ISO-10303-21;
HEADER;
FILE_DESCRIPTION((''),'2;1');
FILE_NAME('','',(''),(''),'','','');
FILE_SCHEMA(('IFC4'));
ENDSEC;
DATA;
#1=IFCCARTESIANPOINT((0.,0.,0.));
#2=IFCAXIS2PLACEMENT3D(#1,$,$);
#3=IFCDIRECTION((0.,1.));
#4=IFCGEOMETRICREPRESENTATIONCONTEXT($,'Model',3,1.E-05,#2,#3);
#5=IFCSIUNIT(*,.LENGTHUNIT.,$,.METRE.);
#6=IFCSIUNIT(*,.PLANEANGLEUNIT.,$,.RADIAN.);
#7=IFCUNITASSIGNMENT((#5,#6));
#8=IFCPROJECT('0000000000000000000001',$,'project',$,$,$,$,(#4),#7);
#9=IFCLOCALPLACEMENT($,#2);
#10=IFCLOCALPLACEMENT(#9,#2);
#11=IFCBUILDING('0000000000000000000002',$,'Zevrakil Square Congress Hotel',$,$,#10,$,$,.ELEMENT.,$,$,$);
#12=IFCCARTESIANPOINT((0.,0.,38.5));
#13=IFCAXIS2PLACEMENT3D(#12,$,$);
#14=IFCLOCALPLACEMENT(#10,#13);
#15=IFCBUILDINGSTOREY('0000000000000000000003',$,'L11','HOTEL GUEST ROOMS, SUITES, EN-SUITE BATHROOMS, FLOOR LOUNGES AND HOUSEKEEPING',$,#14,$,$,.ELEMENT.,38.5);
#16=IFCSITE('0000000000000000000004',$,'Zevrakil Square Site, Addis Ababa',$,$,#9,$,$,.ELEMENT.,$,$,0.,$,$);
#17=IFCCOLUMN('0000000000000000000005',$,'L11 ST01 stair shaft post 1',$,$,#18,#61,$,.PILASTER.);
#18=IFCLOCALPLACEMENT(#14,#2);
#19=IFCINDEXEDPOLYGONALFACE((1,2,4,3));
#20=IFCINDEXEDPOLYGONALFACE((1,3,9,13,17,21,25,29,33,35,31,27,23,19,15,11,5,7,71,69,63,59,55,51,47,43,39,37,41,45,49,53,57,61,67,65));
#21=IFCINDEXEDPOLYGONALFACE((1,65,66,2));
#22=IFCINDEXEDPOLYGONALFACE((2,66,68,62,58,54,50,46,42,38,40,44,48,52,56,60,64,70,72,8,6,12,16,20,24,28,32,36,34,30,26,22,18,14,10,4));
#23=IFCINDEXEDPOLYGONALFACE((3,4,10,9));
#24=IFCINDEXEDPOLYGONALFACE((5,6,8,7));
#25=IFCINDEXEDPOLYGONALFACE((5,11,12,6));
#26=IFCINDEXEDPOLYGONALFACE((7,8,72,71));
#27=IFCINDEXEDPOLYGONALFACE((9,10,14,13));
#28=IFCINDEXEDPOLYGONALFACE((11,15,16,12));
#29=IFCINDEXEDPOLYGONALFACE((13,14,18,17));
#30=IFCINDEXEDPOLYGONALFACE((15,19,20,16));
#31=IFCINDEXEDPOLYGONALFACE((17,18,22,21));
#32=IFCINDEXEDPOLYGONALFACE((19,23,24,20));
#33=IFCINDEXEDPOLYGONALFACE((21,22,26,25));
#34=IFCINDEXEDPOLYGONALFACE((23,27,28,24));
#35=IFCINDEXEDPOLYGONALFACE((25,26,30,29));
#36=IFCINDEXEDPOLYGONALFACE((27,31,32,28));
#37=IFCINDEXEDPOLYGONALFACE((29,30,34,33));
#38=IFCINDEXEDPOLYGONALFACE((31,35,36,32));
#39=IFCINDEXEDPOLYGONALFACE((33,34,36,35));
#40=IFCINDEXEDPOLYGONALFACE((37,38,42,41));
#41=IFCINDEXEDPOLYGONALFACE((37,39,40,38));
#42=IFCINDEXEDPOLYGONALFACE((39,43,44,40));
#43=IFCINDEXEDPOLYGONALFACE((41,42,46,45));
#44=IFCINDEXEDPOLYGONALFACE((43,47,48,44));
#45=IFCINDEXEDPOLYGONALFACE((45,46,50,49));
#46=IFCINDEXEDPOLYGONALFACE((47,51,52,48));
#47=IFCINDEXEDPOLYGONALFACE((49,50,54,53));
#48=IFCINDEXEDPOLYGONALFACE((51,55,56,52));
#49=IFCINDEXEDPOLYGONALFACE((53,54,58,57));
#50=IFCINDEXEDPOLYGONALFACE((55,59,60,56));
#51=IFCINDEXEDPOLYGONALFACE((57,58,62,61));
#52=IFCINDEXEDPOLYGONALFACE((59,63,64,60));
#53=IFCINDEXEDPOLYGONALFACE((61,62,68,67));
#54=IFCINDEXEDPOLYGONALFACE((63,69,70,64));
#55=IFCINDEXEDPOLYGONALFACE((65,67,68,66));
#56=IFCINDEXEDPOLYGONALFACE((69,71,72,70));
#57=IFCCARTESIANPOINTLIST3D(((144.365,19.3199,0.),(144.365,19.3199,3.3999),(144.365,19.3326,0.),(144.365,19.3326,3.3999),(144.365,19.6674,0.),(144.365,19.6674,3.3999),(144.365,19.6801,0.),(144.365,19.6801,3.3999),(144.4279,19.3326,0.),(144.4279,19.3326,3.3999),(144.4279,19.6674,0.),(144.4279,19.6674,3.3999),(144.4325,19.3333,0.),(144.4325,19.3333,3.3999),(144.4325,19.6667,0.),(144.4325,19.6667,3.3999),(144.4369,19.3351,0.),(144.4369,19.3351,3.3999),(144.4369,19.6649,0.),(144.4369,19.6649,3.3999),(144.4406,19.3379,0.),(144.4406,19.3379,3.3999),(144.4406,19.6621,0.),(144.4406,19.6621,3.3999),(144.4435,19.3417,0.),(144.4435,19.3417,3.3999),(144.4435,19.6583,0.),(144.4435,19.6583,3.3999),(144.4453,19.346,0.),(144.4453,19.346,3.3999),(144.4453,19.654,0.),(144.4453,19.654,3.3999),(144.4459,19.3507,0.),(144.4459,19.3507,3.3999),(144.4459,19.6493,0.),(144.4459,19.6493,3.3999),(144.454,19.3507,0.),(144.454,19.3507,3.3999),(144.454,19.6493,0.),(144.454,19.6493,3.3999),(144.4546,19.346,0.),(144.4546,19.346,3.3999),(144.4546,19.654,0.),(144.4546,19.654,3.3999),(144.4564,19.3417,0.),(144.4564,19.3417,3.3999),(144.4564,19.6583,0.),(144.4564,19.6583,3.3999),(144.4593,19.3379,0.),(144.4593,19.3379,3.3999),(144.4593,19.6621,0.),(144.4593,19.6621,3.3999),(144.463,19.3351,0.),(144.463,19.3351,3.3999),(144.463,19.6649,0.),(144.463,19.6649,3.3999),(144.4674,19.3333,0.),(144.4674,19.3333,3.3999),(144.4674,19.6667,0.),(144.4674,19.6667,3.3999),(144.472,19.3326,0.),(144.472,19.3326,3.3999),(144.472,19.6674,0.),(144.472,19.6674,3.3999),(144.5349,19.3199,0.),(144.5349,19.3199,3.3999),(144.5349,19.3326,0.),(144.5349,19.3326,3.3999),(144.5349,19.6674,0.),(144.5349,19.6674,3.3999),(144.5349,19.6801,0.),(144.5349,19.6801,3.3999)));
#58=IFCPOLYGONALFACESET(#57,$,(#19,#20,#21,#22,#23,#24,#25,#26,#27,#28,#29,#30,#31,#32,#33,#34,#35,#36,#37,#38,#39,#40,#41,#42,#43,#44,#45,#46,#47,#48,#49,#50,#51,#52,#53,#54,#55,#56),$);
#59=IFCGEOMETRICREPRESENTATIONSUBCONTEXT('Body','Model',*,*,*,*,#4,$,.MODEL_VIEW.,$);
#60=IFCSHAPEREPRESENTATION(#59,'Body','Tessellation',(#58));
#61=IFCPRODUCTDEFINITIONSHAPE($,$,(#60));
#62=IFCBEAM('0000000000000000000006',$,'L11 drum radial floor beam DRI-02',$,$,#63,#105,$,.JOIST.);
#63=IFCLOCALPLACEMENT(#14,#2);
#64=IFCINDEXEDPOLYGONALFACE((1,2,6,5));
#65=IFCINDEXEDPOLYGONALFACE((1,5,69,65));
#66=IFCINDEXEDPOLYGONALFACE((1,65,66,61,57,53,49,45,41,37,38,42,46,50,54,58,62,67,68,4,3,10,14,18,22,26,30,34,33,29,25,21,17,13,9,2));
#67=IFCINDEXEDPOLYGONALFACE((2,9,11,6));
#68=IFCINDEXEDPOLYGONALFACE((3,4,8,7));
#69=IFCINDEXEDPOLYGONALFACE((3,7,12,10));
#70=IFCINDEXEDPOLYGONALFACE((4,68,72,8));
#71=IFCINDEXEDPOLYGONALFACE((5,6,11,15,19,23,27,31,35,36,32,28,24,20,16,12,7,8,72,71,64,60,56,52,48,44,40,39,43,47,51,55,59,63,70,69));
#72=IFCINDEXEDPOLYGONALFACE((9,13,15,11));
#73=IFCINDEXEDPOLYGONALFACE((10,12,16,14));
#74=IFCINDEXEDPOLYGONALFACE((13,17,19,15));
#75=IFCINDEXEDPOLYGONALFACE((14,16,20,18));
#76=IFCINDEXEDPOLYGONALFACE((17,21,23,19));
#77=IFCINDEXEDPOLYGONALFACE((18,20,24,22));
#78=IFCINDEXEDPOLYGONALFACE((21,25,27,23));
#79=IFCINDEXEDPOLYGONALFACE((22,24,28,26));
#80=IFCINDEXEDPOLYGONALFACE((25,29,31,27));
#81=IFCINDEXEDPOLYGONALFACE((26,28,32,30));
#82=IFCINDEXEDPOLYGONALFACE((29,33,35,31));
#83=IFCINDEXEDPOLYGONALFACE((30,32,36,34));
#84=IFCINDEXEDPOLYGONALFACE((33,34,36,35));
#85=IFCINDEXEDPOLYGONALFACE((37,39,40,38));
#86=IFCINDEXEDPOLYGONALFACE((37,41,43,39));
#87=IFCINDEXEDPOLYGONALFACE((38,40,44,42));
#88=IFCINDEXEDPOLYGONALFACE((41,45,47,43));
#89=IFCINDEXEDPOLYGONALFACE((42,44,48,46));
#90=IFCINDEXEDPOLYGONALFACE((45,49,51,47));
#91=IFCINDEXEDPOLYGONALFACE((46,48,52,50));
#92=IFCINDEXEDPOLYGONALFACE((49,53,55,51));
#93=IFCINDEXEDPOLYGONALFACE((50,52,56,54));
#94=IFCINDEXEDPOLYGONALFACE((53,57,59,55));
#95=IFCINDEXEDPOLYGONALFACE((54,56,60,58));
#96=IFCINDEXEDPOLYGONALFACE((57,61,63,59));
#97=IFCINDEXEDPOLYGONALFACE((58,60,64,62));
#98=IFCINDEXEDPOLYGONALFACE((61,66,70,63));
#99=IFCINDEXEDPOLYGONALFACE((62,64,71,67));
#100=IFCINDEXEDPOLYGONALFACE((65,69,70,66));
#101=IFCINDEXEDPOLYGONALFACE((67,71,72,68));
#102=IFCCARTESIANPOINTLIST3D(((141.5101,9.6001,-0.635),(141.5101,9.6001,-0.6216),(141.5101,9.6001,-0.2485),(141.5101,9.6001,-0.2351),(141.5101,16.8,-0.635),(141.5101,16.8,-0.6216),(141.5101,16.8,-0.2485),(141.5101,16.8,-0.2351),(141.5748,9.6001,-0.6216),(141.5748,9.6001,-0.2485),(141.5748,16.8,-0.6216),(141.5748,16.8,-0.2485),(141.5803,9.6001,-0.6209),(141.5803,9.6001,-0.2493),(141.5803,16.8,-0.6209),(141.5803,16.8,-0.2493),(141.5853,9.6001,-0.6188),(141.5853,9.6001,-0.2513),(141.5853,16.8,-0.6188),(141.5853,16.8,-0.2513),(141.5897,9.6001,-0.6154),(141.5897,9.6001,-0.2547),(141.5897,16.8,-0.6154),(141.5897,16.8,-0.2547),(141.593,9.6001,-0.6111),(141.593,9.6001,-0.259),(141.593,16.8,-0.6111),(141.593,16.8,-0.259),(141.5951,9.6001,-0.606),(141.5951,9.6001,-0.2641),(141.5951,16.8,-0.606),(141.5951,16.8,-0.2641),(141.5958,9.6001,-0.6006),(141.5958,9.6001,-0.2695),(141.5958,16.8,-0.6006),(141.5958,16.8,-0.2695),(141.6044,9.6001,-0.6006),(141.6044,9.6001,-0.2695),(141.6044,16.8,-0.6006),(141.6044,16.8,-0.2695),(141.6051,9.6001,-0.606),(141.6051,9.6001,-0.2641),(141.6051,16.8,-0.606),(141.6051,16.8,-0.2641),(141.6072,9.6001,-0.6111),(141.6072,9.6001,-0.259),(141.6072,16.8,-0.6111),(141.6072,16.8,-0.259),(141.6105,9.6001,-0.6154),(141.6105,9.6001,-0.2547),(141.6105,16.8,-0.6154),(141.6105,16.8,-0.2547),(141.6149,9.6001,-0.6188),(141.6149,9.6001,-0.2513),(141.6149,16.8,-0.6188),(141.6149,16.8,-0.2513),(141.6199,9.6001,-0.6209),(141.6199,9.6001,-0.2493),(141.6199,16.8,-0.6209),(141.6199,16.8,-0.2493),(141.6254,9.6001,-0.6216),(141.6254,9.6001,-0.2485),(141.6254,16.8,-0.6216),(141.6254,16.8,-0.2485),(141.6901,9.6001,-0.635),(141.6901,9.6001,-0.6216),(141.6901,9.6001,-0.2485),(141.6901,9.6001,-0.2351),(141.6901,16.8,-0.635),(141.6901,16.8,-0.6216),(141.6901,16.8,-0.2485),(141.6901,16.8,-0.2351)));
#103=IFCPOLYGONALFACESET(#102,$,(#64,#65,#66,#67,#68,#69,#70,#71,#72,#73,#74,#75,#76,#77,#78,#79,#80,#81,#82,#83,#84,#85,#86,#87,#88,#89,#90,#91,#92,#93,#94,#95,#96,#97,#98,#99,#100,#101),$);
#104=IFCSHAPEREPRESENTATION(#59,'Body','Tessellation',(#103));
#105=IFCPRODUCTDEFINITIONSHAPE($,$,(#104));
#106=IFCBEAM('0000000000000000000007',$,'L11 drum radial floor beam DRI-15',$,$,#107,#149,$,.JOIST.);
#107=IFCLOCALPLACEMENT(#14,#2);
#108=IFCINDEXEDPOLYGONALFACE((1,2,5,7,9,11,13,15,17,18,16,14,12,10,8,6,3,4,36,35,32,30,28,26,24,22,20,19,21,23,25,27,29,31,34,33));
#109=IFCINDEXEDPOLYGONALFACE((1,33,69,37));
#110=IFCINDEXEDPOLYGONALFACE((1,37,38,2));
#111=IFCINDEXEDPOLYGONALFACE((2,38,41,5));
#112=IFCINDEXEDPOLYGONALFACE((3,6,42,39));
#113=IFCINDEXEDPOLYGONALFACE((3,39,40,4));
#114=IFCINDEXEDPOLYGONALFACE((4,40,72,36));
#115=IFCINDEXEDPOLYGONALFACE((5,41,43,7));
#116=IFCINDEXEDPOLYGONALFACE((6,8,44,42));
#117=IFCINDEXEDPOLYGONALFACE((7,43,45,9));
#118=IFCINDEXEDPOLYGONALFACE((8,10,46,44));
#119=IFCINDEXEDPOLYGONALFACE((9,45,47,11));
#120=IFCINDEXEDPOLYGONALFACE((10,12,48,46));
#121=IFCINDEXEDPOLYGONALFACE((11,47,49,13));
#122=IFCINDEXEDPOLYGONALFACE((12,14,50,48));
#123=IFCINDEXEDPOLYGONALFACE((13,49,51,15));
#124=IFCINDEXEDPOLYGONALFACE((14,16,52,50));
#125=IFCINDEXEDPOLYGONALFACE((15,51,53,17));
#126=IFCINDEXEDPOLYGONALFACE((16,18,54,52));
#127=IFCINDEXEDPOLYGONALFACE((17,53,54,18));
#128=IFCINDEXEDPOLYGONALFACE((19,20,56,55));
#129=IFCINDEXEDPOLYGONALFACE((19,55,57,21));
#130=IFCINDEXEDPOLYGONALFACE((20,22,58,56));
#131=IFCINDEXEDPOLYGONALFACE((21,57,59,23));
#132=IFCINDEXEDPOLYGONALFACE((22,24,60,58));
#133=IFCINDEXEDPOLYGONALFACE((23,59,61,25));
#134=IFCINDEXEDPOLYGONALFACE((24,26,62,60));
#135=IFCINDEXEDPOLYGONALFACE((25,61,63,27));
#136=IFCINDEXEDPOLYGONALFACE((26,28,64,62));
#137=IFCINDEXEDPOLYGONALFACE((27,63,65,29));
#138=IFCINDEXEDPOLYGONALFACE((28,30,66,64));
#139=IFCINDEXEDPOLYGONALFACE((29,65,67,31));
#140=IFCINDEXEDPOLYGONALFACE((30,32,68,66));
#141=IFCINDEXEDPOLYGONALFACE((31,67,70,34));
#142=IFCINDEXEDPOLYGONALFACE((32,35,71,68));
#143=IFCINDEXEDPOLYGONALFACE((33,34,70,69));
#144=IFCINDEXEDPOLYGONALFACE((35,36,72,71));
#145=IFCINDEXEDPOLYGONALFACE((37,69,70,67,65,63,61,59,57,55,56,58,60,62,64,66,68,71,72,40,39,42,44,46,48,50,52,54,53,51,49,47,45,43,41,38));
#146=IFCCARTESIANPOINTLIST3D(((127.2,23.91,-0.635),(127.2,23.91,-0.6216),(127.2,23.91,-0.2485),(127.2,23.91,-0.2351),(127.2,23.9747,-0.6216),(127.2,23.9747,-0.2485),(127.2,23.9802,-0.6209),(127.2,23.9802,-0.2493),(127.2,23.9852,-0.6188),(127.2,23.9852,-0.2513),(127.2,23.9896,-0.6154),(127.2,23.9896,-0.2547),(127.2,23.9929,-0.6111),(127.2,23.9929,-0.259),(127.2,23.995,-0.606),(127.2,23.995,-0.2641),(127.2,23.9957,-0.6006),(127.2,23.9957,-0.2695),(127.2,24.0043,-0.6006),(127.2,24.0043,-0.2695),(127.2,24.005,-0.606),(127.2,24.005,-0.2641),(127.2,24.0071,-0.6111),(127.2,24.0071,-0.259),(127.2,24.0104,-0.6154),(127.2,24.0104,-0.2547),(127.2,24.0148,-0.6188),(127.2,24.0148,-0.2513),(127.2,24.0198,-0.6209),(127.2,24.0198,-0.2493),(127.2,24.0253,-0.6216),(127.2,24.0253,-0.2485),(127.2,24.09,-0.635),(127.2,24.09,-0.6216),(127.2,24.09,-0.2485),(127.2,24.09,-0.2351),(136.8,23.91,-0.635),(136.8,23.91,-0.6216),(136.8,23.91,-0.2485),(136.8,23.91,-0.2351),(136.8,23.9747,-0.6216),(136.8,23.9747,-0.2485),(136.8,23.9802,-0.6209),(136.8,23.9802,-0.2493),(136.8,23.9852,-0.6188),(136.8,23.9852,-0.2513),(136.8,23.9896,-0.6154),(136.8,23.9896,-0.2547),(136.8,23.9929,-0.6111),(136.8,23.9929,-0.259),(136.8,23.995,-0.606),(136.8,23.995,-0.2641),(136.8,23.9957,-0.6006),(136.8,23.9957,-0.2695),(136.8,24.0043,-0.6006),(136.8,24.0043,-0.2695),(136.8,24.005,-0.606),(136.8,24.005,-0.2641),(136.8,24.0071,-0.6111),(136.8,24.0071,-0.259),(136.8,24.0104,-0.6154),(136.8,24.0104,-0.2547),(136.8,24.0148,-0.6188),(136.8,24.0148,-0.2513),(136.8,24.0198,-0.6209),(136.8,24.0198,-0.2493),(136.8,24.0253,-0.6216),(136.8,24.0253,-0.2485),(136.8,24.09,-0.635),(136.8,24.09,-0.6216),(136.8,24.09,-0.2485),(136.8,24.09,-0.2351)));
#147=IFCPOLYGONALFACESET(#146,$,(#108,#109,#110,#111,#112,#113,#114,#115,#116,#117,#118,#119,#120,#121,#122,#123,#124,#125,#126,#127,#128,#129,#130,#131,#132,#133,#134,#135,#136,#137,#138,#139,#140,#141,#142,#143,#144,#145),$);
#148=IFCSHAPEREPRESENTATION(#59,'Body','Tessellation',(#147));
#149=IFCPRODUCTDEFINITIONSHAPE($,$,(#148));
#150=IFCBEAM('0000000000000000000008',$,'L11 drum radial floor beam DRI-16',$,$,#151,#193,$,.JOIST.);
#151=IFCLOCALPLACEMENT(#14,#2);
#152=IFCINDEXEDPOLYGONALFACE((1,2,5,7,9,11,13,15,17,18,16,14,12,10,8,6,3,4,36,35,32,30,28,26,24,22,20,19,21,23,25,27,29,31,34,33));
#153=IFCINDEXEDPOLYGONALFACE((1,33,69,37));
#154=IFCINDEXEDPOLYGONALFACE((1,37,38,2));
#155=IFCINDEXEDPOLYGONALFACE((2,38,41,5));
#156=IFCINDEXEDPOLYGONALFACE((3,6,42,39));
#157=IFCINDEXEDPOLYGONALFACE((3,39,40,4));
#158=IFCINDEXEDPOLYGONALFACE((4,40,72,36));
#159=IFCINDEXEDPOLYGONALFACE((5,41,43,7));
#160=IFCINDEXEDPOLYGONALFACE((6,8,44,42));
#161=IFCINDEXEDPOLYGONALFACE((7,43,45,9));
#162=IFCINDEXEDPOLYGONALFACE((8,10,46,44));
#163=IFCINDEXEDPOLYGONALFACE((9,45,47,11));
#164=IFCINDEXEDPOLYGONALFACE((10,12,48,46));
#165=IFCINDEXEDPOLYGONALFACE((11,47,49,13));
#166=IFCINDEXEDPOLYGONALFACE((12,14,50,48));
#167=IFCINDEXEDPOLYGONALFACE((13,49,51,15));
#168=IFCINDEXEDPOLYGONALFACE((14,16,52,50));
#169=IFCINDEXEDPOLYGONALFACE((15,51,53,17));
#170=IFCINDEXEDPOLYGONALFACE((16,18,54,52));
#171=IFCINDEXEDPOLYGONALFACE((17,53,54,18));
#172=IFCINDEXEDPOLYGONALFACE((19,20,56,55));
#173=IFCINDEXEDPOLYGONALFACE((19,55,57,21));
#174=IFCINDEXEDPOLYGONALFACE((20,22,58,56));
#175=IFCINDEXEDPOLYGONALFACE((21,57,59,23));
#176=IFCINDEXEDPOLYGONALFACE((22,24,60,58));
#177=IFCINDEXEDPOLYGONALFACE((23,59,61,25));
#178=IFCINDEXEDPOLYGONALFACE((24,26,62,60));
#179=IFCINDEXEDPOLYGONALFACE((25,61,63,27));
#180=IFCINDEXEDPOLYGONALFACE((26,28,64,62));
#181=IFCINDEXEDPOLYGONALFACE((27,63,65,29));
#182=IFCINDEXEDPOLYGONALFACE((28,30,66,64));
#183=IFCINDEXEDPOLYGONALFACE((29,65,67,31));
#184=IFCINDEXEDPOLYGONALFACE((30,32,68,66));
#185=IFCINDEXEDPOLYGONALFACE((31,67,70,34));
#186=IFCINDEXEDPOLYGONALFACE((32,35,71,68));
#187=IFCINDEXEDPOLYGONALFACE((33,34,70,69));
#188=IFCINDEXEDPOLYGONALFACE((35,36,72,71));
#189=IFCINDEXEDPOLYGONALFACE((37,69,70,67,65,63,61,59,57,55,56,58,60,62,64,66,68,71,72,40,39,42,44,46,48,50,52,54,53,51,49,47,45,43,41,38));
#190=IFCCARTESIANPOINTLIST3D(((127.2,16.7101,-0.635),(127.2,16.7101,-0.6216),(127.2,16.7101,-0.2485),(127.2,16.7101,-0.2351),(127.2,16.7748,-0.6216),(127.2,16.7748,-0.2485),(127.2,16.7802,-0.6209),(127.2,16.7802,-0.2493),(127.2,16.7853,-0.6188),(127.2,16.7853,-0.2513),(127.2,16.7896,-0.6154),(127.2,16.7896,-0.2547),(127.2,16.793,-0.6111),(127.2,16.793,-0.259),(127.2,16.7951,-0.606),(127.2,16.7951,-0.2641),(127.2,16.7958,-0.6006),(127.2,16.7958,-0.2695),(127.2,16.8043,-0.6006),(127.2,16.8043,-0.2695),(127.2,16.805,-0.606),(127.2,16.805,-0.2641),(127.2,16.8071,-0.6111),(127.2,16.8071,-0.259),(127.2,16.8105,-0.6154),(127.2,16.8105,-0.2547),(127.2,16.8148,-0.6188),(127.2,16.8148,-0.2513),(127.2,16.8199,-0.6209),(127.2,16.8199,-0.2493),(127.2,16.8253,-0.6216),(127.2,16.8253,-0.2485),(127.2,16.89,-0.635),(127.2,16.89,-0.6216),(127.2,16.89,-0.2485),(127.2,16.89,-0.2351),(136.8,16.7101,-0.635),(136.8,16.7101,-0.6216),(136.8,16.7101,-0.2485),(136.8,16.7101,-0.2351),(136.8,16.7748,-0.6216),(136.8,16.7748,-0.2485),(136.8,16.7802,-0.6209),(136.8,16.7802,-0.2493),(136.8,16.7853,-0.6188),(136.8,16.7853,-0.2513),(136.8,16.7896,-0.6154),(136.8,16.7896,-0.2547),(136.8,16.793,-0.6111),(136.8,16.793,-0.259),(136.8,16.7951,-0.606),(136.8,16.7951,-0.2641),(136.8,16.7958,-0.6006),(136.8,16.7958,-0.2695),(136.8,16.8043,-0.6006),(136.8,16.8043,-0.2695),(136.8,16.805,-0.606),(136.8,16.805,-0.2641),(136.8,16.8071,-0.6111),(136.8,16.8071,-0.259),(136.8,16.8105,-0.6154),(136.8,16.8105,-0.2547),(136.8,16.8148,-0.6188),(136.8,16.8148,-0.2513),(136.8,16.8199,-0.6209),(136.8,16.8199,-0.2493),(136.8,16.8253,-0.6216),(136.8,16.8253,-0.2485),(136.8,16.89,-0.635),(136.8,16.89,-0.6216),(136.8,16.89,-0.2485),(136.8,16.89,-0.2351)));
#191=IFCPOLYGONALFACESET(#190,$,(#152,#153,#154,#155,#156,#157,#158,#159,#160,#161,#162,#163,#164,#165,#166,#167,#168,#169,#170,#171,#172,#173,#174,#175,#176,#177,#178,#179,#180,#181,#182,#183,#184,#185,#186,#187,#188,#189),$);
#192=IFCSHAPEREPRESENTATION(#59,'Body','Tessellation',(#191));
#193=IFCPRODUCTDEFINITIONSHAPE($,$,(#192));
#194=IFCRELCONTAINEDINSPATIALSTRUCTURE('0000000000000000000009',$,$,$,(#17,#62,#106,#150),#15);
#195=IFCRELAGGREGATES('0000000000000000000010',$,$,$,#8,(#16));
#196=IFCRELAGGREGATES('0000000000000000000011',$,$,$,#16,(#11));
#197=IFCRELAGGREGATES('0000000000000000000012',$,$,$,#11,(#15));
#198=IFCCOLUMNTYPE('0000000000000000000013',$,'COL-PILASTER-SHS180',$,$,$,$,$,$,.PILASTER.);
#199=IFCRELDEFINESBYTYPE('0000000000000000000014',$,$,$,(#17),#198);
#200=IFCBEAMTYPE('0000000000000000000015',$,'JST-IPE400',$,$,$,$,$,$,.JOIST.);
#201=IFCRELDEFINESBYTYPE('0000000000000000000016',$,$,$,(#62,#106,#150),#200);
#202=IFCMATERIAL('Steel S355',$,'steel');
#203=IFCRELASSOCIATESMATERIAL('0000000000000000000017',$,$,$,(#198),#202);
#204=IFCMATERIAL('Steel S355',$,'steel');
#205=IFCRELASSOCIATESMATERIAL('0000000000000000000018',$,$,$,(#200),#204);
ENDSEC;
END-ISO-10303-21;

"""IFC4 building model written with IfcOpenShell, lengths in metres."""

from ifc_helpers import new_model, si_unit, direction, frame, origin, origin_2d, place, context, subcontext, project, spatial, i_section, extrude, material, material_profile, profile_set, type_object, element, save


model = new_model("IFC4")

# Units and contexts
model_context = context("Model", 3, precision=1e-05, world=origin(), true_north=direction((0.0, 1.0)))
body_context = subcontext(model_context, "Body", "Model", "MODEL_VIEW")
ifc_project = project(units=[si_unit("LENGTHUNIT", "METRE"), si_unit("PLANEANGLEUNIT", "RADIAN")], contexts=[model_context])

# Site, building, storey
site_placement = place(None, origin())
site = spatial("IfcSite", under=ifc_project, at=site_placement, Name="Zevrakil Square Site, Addis Ababa", CompositionType="ELEMENT", RefElevation=0.0)
building_placement = place(site_placement, origin())
building = spatial("IfcBuilding", under=site, at=building_placement, Name="Zevrakil Square Congress Hotel", CompositionType="ELEMENT")
storey_placement = place(building_placement, frame((0.0, 0.0, 38.5)))
storey = spatial("IfcBuildingStorey", under=building, at=storey_placement, Name="L11", Description="HOTEL GUEST ROOMS, SUITES, EN-SUITE BATHROOMS, FLOOR LOUNGES AND HOUSEKEEPING", CompositionType="ELEMENT", Elevation=38.5)

# Column
ifc_material_1 = material(Name="Steel S355", Category="steel")
ifc_material_profile_1 = material_profile(ifc_material_1, i_section(OverallWidth=0.1699, OverallDepth=0.3601, WebThickness=0.0081, FlangeThickness=0.0127, FilletRadius=0.0181, at=origin_2d()), Name="IPE 360")
ifc_profile_set_1 = profile_set([ifc_material_profile_1], Name="Steel S355")
column_type = type_object("IfcColumnType", Name="COL-PILASTER-SHS180", PredefinedType="PILASTER", material=ifc_profile_set_1)
column_placement = place(storey_placement, frame((144.45, 19.5, 0.0), z_axis=(0.0, 0.0, 1.0), x_axis=(1.0, 0.0, 0.0)))
element("IfcColumn", 1, at=column_placement, inside=storey, type_object=column_type, Name="L11 ST01 stair shaft post 1", PredefinedType="PILASTER", context=body_context, shape_type="SweptSolid", body=[
    extrude(i_section(OverallWidth=0.1699, OverallDepth=0.3601, WebThickness=0.0081, FlangeThickness=0.0127, FilletRadius=0.0181, at=origin_2d()), origin(), (0.0, 0.0, 1.0), 3.3999),
])

# Beams
ifc_material_2 = material(Name="Steel S355", Category="steel")
ifc_material_profile_2 = material_profile(ifc_material_2, i_section(OverallWidth=0.1799, OverallDepth=0.3999, WebThickness=0.0085, FlangeThickness=0.0134, FilletRadius=0.021, at=origin_2d()), Name="IPE 400")
ifc_profile_set_2 = profile_set([ifc_material_profile_2], Name="Steel S355")
beam_type = type_object("IfcBeamType", Name="JST-IPE400", PredefinedType="JOIST", material=ifc_profile_set_2)
beam_placement = place(storey_placement, frame((141.6001, 16.8, -0.4351), z_axis=(0.0, -1.0, 0.0), x_axis=(1.0, 0.0, 0.0)))
element("IfcBeam", 2, at=beam_placement, inside=storey, type_object=beam_type, Name="L11 drum radial floor beam DRI-02", PredefinedType="JOIST", context=body_context, shape_type="SweptSolid", body=[
    extrude(i_section(OverallWidth=0.1799, OverallDepth=0.3999, WebThickness=0.0085, FlangeThickness=0.0134, FilletRadius=0.021, at=origin_2d()), origin(), (0.0, 0.0, 1.0), 7.2),
])
for number, where, z_axis, x_axis, name in (
    (3, (136.8, 24.0, -0.4351), (-1.0, 0.0, 0.0), (0.0, -1.0, 0.0), "L11 drum radial floor beam DRI-15"),
    (4, (136.8, 16.8, -0.4351), (-1.0, 0.0, 0.0), (0.0, -1.0, 0.0), "L11 drum radial floor beam DRI-16"),
):
    element("IfcBeam", number, at=place(storey_placement, frame(where, z_axis=z_axis, x_axis=x_axis)), inside=storey, type_object=beam_type, Name=name, PredefinedType="JOIST", context=body_context, shape_type="SweptSolid", body=[
        extrude(i_section(OverallWidth=0.1799, OverallDepth=0.3999, WebThickness=0.0085, FlangeThickness=0.0134, FilletRadius=0.021, at=origin_2d()), origin(), (0.0, 0.0, 1.0), 9.6001),
    ])

save(model, "model.ifc")
